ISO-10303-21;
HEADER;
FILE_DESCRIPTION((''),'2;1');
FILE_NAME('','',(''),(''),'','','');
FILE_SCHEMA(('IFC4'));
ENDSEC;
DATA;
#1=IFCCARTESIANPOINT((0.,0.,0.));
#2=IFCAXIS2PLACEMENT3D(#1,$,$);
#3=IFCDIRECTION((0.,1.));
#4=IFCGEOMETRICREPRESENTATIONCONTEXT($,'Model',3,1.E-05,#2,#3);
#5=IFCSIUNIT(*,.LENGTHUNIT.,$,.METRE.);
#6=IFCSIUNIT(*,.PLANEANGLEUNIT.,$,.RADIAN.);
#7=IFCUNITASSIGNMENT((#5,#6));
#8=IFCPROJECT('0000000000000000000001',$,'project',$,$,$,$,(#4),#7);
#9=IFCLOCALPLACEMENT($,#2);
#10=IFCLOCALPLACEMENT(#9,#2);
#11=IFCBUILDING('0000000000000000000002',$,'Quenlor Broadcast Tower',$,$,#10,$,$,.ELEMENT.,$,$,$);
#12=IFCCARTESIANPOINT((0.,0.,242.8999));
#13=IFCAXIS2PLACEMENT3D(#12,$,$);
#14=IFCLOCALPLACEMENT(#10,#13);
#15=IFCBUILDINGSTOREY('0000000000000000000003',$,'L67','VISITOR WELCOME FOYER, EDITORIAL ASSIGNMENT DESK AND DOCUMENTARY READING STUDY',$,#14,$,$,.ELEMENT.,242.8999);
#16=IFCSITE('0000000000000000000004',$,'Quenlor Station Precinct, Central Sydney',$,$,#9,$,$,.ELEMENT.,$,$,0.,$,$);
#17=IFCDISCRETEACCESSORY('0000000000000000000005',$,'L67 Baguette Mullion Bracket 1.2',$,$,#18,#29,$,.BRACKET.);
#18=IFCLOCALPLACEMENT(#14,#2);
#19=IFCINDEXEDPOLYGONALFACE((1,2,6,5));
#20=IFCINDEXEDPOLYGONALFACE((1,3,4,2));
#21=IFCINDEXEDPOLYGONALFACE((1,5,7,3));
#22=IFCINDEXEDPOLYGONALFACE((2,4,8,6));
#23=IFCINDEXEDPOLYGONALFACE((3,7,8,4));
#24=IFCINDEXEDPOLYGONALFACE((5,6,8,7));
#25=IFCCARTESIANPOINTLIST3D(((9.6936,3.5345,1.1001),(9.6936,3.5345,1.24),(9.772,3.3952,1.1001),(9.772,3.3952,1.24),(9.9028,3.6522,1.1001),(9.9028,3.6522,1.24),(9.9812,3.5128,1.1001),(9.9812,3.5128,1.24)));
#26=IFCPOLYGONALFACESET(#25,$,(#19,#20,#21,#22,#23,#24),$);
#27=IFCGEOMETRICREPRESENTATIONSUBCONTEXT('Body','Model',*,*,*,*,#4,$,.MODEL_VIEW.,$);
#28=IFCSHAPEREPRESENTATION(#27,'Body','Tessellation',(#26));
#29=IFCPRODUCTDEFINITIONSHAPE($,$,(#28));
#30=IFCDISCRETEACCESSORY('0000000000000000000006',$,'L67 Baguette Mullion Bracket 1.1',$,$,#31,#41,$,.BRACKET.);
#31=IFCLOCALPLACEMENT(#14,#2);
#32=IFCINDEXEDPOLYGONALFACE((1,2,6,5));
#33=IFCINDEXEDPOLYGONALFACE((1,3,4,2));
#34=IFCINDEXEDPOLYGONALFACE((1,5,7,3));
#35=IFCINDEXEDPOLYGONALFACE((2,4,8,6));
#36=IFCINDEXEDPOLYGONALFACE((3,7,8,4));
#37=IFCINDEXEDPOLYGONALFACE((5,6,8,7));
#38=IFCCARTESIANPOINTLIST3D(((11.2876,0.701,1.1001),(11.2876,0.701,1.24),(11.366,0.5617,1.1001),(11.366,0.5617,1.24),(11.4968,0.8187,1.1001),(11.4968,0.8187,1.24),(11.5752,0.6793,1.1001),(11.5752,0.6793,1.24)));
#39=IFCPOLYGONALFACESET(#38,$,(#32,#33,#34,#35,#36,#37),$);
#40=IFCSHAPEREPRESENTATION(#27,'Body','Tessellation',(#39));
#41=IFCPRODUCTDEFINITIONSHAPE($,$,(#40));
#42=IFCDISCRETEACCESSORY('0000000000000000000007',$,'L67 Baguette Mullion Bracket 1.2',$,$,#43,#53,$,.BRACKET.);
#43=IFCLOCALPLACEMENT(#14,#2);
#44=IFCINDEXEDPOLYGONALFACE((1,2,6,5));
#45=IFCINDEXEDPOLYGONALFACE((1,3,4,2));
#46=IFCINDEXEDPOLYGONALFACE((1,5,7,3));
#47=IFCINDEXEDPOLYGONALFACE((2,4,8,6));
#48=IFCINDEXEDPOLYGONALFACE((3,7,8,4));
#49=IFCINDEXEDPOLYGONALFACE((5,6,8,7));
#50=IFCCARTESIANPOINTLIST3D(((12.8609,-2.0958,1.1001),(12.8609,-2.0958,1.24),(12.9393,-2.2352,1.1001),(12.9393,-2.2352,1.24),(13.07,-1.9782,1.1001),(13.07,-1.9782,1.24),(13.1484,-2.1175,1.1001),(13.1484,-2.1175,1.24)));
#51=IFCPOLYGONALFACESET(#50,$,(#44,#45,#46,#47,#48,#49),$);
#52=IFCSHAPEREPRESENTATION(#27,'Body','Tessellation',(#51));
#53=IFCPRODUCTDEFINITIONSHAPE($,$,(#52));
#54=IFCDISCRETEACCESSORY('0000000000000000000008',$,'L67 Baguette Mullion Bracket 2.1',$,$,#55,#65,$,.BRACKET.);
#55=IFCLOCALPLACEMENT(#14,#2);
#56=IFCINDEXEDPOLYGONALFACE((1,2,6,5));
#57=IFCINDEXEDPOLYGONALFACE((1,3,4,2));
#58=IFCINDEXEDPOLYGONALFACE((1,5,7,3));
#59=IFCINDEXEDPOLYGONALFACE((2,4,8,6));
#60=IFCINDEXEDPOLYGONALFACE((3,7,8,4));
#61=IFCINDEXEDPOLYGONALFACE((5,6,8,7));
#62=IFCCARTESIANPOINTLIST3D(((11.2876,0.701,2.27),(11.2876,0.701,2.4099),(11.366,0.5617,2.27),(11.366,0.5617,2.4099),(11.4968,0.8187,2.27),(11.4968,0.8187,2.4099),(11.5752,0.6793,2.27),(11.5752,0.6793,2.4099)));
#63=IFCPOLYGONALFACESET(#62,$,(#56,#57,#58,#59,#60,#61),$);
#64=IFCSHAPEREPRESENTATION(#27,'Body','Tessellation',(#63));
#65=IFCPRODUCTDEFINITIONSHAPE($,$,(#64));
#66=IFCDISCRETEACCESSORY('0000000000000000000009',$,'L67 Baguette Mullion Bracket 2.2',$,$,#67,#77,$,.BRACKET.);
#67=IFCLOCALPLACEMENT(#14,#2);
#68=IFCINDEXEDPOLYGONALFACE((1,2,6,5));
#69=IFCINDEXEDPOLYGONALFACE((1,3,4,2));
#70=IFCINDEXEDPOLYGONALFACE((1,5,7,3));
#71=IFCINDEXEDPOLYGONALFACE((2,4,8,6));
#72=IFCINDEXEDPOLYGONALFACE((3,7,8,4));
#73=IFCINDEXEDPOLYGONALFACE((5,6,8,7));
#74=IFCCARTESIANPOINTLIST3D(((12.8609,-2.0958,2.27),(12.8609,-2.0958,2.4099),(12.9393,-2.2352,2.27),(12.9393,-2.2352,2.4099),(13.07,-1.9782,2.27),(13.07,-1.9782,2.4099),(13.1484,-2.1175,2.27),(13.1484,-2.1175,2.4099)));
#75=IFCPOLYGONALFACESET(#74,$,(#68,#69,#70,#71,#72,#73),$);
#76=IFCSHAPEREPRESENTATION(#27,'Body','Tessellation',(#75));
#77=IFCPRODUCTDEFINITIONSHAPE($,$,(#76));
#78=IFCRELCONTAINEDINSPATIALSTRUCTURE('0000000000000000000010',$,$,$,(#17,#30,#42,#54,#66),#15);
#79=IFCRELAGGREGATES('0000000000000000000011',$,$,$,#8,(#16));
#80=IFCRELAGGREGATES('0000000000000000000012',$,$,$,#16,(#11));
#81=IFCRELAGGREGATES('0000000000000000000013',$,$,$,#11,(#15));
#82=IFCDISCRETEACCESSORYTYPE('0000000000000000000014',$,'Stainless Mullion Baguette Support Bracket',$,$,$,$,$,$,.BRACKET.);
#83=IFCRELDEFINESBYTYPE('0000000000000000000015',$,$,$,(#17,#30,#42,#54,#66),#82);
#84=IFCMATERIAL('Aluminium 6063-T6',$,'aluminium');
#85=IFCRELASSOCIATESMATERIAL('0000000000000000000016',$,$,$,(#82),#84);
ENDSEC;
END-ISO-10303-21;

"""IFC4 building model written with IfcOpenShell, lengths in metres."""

from ifc_helpers import new_model, si_unit, direction, frame, origin, origin_2d, place, context, subcontext, project, spatial, rectangle, extrude, material, type_object, element, save


model = new_model("IFC4")

# Units and contexts
model_context = context("Model", 3, precision=1e-05, world=origin(), true_north=direction((0.0, 1.0)))
body_context = subcontext(model_context, "Body", "Model", "MODEL_VIEW")
ifc_project = project(units=[si_unit("LENGTHUNIT", "METRE"), si_unit("PLANEANGLEUNIT", "RADIAN")], contexts=[model_context])

# Site, building, storey
site_placement = place(None, origin())
site = spatial("IfcSite", under=ifc_project, at=site_placement, Name="Quenlor Station Precinct, Central Sydney", CompositionType="ELEMENT", RefElevation=0.0)
building_placement = place(site_placement, origin())
building = spatial("IfcBuilding", under=site, at=building_placement, Name="Quenlor Broadcast Tower", CompositionType="ELEMENT")
storey_placement = place(building_placement, frame((0.0, 0.0, 242.8999)))
storey = spatial("IfcBuildingStorey", under=building, at=storey_placement, Name="L67", Description="VISITOR WELCOME FOYER, EDITORIAL ASSIGNMENT DESK AND DOCUMENTARY READING STUDY", CompositionType="ELEMENT", Elevation=242.8999)

# Discrete accessories
ifc_material_1 = material(Name="Aluminium 6063-T6", Category="aluminium")
discrete_accessory_type = type_object("IfcDiscreteAccessoryType", Name="Stainless Mullion Baguette Support Bracket", PredefinedType="BRACKET", material=ifc_material_1)
for number, where, z_axis, x_axis, name in (
    (1, (9.8374, 3.5237, 1.1001), (0.0, 0.0, 1.0), (0.490262, -0.871575, 0.0), "L67 Baguette Mullion Bracket 1.2"),
    (2, (11.4314, 0.6902, 1.1001), (0.0, 0.0, 1.0), (0.490262, -0.871575, 0.0), "L67 Baguette Mullion Bracket 1.1"),
    (3, (13.0046, -2.1067, 1.1001), (0.0, 0.0, 1.0), (0.490262, -0.871575, 0.0), "L67 Baguette Mullion Bracket 1.2"),
    (4, (11.4314, 0.6902, 2.27), (0.0, 0.0, 1.0), (0.490262, -0.871575, 0.0), "L67 Baguette Mullion Bracket 2.1"),
    (5, (13.0046, -2.1067, 2.27), (0.0, 0.0, 1.0), (0.490262, -0.871575, 0.0), "L67 Baguette Mullion Bracket 2.2"),
):
    element("IfcDiscreteAccessory", number, at=place(storey_placement, frame(where, z_axis=z_axis, x_axis=x_axis)), inside=storey, type_object=discrete_accessory_type, Name=name, PredefinedType="BRACKET", context=body_context, shape_type="SweptSolid", body=[
        extrude(rectangle(XDim=0.1599, YDim=0.24, at=origin_2d()), origin(), (0.0, 0.0, 1.0), 0.1399),
    ])

save(model, "model.ifc")
